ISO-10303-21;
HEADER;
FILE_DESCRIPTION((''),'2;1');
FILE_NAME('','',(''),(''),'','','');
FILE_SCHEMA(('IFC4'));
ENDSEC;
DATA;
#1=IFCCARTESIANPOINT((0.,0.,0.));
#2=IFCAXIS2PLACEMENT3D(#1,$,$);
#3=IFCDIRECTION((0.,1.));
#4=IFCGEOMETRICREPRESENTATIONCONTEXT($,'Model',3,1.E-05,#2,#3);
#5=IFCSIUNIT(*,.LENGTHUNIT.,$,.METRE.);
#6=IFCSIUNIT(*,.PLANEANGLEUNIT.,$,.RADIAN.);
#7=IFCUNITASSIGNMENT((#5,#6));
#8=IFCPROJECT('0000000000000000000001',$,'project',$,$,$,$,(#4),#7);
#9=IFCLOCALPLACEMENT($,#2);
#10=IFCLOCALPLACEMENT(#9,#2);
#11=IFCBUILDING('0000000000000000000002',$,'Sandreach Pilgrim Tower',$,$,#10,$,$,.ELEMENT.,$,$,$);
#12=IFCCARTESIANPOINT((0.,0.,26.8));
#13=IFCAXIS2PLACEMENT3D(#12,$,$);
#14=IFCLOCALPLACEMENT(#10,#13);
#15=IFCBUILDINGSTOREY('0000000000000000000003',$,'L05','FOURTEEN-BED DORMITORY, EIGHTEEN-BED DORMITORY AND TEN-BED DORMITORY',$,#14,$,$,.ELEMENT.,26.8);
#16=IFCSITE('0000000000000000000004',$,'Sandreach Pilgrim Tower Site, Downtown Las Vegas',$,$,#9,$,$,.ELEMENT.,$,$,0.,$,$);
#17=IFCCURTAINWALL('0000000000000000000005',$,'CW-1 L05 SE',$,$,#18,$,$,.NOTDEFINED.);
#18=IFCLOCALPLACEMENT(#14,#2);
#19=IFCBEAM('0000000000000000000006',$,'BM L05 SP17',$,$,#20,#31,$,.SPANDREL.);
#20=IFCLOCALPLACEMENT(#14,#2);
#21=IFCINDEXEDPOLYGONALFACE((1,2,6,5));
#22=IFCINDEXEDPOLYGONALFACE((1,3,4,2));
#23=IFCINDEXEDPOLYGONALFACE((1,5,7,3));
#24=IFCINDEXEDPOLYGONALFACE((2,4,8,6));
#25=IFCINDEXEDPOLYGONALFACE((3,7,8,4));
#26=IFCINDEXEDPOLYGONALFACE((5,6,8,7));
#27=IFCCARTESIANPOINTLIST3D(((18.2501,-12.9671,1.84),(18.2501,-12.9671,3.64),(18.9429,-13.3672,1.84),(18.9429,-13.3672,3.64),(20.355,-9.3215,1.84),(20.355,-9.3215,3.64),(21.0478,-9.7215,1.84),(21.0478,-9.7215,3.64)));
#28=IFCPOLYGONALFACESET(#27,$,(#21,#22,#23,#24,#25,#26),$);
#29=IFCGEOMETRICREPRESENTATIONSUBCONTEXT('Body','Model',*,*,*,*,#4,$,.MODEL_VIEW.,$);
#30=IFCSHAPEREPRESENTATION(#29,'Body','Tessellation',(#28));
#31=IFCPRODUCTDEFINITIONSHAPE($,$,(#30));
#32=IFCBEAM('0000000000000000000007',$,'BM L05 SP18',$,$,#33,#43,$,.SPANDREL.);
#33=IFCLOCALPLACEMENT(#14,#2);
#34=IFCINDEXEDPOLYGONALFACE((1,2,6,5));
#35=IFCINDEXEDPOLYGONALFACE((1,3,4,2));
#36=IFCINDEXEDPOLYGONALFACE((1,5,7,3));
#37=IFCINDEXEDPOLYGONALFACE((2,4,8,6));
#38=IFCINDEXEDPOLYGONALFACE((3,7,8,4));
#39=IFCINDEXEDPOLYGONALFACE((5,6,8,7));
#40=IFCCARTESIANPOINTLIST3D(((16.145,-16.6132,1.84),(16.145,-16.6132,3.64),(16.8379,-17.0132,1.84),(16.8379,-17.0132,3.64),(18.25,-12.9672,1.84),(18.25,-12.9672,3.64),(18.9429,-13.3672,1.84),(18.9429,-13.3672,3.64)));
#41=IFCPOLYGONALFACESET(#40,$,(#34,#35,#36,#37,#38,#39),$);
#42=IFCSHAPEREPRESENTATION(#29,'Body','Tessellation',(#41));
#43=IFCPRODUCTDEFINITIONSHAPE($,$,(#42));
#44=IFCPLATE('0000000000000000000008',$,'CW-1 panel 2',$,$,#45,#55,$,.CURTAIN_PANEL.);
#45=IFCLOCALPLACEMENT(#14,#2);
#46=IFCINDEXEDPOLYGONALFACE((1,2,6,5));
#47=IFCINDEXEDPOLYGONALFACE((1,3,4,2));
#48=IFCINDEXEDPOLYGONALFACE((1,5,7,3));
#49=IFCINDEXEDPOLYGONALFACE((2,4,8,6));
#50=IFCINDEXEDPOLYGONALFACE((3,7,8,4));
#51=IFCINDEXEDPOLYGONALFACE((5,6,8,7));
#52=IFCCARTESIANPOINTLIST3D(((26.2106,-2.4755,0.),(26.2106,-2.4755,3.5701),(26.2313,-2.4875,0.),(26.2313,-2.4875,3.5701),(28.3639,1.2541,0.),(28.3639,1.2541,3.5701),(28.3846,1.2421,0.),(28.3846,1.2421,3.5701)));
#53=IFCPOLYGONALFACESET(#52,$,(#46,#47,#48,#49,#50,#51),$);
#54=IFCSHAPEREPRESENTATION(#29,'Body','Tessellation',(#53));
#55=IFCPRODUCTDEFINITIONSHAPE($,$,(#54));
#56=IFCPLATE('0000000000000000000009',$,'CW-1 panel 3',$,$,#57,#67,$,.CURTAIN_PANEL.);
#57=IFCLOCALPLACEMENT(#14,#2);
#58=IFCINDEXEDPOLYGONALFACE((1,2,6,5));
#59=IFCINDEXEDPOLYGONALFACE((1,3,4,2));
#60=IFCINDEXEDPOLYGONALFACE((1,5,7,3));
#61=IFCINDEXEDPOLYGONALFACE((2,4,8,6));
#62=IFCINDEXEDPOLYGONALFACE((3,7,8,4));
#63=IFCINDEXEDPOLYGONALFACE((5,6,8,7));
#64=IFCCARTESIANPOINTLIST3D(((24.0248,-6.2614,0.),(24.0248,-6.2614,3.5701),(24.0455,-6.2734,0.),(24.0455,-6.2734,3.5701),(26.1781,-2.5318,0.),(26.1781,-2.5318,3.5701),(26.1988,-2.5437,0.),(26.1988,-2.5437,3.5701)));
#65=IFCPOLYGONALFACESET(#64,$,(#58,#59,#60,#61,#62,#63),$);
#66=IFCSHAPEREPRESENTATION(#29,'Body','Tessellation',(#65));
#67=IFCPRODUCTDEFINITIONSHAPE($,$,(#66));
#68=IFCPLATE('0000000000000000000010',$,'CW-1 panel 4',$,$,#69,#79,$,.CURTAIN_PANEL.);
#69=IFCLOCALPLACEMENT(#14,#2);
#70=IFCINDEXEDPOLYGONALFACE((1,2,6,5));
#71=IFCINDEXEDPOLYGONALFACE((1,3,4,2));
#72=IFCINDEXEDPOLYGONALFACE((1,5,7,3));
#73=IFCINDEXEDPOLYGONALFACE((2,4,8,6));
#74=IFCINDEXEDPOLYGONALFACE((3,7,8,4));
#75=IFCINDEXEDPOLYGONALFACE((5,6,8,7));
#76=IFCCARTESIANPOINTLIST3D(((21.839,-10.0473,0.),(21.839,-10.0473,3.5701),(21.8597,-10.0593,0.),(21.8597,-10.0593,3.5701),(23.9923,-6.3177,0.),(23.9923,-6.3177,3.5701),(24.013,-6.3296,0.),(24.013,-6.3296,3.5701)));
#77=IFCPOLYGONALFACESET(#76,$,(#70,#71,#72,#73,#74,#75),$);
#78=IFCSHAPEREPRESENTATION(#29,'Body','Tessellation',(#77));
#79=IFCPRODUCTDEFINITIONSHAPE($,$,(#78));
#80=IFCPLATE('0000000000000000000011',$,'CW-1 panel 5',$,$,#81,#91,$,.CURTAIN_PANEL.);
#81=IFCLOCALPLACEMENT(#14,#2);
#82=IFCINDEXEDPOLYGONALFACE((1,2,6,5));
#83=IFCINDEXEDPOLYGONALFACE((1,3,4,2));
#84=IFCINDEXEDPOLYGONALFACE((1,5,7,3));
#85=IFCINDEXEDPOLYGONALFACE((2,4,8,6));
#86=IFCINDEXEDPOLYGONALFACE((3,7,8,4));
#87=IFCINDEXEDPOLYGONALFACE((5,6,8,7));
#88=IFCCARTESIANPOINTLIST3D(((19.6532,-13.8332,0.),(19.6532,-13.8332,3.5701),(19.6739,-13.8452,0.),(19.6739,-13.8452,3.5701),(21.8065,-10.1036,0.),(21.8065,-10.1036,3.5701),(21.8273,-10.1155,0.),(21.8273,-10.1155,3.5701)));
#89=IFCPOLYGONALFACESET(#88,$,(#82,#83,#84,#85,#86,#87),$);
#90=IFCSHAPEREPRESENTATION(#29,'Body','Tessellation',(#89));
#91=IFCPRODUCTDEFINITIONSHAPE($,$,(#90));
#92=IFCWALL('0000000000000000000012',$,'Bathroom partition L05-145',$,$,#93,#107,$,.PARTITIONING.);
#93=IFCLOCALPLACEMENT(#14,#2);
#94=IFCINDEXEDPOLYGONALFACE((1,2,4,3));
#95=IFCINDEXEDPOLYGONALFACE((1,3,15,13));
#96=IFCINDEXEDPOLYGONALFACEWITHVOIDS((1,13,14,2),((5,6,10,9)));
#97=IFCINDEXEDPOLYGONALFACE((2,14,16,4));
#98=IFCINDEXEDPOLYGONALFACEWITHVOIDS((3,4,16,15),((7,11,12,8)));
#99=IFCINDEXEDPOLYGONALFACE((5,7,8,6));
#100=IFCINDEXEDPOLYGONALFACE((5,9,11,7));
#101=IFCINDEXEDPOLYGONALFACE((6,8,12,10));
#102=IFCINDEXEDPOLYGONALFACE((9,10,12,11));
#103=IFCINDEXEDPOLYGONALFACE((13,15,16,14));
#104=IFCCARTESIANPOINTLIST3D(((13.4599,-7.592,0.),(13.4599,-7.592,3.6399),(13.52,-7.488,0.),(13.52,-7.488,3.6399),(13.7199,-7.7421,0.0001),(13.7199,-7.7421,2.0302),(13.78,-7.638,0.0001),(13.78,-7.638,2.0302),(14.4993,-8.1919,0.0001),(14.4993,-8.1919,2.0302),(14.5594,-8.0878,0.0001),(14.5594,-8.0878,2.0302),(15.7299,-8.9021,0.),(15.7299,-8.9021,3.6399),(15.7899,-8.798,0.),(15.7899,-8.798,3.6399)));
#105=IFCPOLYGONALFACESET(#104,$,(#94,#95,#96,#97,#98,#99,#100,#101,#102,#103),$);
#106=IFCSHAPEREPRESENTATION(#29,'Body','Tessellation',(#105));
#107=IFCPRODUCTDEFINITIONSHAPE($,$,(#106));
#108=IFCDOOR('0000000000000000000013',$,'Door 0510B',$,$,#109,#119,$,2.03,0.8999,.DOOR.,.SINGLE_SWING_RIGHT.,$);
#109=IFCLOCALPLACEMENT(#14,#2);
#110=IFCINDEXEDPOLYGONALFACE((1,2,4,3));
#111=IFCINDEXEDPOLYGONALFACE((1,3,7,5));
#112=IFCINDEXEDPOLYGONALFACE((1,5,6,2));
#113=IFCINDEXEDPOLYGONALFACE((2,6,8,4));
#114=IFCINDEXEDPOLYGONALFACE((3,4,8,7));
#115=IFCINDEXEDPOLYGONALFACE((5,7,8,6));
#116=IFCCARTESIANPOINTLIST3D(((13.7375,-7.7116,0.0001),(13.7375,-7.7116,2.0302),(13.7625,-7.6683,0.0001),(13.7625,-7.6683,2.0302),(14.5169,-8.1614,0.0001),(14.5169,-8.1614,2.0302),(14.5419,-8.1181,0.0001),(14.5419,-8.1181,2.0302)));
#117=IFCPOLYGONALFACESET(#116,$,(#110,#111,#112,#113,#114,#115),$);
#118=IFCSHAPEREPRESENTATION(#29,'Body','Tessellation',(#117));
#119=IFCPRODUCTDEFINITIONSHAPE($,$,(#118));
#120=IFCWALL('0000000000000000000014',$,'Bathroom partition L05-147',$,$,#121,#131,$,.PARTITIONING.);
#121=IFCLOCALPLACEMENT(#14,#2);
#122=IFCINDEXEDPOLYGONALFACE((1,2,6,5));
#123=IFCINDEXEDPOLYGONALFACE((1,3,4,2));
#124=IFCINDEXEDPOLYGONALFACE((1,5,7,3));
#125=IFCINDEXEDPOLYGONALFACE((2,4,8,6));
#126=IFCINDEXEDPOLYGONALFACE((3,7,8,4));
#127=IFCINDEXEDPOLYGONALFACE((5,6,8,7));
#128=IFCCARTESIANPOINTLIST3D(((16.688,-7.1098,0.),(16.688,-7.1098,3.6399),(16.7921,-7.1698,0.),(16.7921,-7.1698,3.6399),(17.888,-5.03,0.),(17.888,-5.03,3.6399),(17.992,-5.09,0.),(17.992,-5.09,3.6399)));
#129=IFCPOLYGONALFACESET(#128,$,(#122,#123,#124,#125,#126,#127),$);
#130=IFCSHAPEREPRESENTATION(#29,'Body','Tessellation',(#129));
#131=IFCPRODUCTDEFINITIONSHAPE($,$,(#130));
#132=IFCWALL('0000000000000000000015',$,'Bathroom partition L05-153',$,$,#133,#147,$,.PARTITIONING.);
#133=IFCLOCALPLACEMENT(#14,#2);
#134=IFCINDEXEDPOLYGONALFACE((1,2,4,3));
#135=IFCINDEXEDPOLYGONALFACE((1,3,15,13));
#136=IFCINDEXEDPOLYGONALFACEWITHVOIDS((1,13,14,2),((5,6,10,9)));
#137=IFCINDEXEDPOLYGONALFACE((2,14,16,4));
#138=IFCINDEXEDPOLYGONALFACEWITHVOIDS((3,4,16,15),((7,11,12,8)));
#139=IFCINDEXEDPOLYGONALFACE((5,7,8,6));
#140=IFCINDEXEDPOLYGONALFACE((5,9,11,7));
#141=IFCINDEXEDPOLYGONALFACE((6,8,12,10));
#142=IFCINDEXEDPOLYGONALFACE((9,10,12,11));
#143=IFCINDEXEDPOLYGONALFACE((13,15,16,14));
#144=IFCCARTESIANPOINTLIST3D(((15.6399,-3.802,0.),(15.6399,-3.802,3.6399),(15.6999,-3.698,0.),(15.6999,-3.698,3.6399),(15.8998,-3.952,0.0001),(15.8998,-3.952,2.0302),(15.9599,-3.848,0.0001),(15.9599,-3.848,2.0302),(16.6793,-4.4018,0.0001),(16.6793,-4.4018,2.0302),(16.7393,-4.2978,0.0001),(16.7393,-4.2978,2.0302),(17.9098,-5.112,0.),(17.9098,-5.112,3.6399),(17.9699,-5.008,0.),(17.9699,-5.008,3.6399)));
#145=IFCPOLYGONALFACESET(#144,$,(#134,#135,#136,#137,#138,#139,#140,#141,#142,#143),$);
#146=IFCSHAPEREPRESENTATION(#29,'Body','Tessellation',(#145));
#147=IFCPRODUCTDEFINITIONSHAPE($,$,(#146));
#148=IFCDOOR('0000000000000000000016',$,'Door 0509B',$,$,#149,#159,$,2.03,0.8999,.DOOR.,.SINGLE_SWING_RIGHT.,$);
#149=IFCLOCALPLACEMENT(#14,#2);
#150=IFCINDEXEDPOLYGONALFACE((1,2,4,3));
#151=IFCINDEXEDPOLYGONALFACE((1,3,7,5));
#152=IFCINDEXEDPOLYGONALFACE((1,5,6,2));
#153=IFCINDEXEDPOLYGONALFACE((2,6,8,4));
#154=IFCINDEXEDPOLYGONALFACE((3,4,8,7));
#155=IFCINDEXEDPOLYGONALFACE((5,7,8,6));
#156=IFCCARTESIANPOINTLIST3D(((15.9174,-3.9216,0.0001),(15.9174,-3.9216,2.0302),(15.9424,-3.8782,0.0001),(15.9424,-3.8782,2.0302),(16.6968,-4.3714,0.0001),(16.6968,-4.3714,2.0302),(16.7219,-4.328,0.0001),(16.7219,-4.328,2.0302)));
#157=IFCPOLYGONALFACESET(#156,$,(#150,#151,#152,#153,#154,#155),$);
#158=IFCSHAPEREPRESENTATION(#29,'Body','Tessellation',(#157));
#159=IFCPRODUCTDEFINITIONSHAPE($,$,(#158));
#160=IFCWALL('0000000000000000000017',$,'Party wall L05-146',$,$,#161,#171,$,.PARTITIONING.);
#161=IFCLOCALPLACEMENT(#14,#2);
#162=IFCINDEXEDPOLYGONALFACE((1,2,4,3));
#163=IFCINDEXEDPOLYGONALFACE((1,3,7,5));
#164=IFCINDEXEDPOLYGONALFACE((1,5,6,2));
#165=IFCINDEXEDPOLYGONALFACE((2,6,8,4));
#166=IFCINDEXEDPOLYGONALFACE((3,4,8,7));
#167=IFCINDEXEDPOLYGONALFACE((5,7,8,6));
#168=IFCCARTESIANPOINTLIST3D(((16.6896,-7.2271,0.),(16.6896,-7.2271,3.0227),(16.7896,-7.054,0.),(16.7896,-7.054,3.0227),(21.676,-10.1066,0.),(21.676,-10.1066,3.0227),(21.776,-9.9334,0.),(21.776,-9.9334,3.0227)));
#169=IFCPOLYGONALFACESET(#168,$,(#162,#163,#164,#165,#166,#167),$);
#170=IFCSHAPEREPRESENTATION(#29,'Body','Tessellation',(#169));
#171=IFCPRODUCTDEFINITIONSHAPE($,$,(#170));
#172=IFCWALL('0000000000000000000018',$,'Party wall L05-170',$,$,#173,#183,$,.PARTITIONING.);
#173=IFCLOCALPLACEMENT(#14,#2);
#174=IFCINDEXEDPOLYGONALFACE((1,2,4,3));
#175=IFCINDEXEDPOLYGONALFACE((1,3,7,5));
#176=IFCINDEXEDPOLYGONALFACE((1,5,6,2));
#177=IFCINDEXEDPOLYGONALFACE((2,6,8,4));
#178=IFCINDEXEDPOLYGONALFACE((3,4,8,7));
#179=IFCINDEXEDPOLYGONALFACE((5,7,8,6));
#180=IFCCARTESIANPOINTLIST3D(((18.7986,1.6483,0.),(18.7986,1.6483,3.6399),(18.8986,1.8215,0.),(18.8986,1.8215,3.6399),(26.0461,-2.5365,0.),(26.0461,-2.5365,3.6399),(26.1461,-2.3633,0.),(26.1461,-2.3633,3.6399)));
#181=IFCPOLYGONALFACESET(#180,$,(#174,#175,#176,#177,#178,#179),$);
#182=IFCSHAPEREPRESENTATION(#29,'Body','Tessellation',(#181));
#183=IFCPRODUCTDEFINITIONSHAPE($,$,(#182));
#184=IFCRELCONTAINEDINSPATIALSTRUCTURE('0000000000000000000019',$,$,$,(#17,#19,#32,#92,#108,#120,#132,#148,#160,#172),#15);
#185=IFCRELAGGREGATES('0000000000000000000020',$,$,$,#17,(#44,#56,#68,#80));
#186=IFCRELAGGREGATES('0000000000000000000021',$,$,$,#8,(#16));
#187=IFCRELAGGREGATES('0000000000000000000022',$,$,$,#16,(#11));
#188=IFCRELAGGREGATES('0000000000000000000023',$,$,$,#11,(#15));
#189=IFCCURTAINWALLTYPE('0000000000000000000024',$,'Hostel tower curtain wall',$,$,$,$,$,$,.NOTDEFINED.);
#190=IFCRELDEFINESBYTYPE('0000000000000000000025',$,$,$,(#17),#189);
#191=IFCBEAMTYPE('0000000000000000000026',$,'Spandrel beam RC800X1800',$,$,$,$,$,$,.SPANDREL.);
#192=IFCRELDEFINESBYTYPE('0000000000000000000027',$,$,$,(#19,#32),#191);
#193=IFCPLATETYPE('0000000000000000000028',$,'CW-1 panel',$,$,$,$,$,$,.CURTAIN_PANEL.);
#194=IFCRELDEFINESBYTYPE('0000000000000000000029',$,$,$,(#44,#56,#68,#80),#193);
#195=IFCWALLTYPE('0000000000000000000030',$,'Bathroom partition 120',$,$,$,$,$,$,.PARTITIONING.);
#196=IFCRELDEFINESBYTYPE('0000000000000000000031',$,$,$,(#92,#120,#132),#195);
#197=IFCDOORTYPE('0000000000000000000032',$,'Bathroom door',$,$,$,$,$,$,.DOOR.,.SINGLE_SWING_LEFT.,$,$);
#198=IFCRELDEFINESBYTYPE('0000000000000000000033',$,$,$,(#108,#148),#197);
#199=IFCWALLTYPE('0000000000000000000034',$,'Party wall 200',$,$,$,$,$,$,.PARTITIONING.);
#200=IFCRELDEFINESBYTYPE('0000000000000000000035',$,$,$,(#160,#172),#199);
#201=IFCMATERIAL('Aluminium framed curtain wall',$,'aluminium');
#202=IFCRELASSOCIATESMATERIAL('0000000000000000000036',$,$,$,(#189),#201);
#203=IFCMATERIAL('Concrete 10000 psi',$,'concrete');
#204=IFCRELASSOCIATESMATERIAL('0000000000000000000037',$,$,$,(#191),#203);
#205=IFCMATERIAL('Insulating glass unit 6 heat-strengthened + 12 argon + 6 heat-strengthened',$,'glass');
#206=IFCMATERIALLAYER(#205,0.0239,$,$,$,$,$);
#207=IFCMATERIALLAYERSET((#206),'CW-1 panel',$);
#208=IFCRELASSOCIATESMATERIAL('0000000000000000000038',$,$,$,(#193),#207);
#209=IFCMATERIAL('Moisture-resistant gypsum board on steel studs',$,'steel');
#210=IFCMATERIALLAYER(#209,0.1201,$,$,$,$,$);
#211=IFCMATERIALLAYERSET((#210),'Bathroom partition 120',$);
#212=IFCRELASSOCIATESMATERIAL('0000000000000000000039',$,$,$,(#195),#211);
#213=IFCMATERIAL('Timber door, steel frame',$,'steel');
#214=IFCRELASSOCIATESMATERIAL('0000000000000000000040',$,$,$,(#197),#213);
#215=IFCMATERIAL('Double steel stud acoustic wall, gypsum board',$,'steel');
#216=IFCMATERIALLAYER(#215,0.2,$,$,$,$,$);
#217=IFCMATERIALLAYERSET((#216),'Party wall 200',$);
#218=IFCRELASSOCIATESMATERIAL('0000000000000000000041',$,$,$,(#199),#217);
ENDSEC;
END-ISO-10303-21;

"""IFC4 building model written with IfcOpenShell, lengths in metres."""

from ifc_helpers import new_model, si_unit, direction, frame, frame_2d, origin, origin_2d, place, context, subcontext, project, spatial, rectangle, extrude, material, layer, layer_set, material_profile, profile_set, type_object, element, fill, aggregate, save


model = new_model("IFC4")

# Units and contexts
model_context = context("Model", 3, precision=1e-05, world=origin(), true_north=direction((0.0, 1.0)))
body_context = subcontext(model_context, "Body", "Model", "MODEL_VIEW")
ifc_project = project(units=[si_unit("LENGTHUNIT", "METRE"), si_unit("PLANEANGLEUNIT", "RADIAN")], contexts=[model_context])

# Site, building, storey
site_placement = place(None, origin())
site = spatial("IfcSite", under=ifc_project, at=site_placement, Name="Sandreach Pilgrim Tower Site, Downtown Las Vegas", CompositionType="ELEMENT", RefElevation=0.0)
building_placement = place(site_placement, origin())
building = spatial("IfcBuilding", under=site, at=building_placement, Name="Sandreach Pilgrim Tower", CompositionType="ELEMENT")
storey_placement = place(building_placement, frame((0.0, 0.0, 26.8)))
storey = spatial("IfcBuildingStorey", under=building, at=storey_placement, Name="L05", Description="FOURTEEN-BED DORMITORY, EIGHTEEN-BED DORMITORY AND TEN-BED DORMITORY", CompositionType="ELEMENT", Elevation=26.8)

# Curtain wall
ifc_material_1 = material(Name="Aluminium framed curtain wall", Category="aluminium")
curtain_wall_type = type_object("IfcCurtainWallType", Name="Hostel tower curtain wall", PredefinedType="NOTDEFINED", material=ifc_material_1)
curtain_wall_placement = place(storey_placement, origin())
curtain_wall = element("IfcCurtainWall", 1, at=curtain_wall_placement, inside=storey, type_object=curtain_wall_type, Name="CW-1 L05 SE", PredefinedType="NOTDEFINED")

# Beams
ifc_material_2 = material(Name="Concrete 10000 psi", Category="concrete")
ifc_material_profile_1 = material_profile(ifc_material_2, rectangle(XDim=0.8, YDim=1.8, at=origin_2d()), Name="RC800X1800")
ifc_profile_set_1 = profile_set([ifc_material_profile_1], Name="Concrete 10000 psi")
beam_type_1 = type_object("IfcBeamType", Name="Spandrel beam RC800X1800", PredefinedType="SPANDREL", material=ifc_profile_set_1)
beam_1_placement = place(storey_placement, frame((20.7014, -9.5215, 2.74), z_axis=(-0.500019, -0.866015, 0.0), x_axis=(0.866015, -0.500019, 0.0)))
element("IfcBeam", 2, at=beam_1_placement, inside=storey, type_object=beam_type_1, Name="BM L05 SP17", PredefinedType="SPANDREL", context=body_context, shape_type="SweptSolid", body=[
    extrude(rectangle(XDim=0.8, YDim=1.8, at=origin_2d()), origin(), (0.0, 0.0, 1.0), 4.2097),
])
beam_2_placement = place(storey_placement, frame((18.5964, -13.1672, 2.74), z_axis=(-0.499994, -0.866029, 0.0), x_axis=(0.866029, -0.499994, 0.0)))
element("IfcBeam", 3, at=beam_2_placement, inside=storey, type_object=beam_type_1, Name="BM L05 SP18", PredefinedType="SPANDREL", context=body_context, shape_type="SweptSolid", body=[
    extrude(rectangle(XDim=0.8, YDim=1.8, at=origin_2d()), origin(), (0.0, 0.0, 1.0), 4.21),
])

# Plates
ifc_material_3 = material(Name="Insulating glass unit 6 heat-strengthened + 12 argon + 6 heat-strengthened", Category="glass")
ifc_layer_1 = layer(ifc_material_3, 0.0239)
ifc_layer_set_1 = layer_set([ifc_layer_1], Name="CW-1 panel")
plate_type = type_object("IfcPlateType", Name="CW-1 panel", PredefinedType="CURTAIN_PANEL", material=ifc_layer_set_1)
plate_1_placement = place(storey_placement, frame((27.2976, -0.6167, 0.0), z_axis=(0.0, 0.0, 1.0), x_axis=(-0.5, -0.866025, 0.0)))
plate_1 = element("IfcPlate", 4, at=plate_1_placement, type_object=plate_type, Name="CW-1 panel 2", PredefinedType="CURTAIN_PANEL", context=body_context, shape_type="SweptSolid", body=[
    extrude(rectangle(XDim=4.3066, YDim=0.0239, at=origin_2d()), origin(), (0.0, 0.0, 1.0), 3.5701),
])
plate_2_placement = place(storey_placement, frame((25.1118, -4.4026, 0.0), z_axis=(0.0, 0.0, 1.0), x_axis=(-0.5, -0.866025, 0.0)))
plate_2 = element("IfcPlate", 5, at=plate_2_placement, type_object=plate_type, Name="CW-1 panel 3", PredefinedType="CURTAIN_PANEL", context=body_context, shape_type="SweptSolid", body=[
    extrude(rectangle(XDim=4.3066, YDim=0.0239, at=origin_2d()), origin(), (0.0, 0.0, 1.0), 3.5701),
])
plate_3_placement = place(storey_placement, frame((22.926, -8.1885, 0.0), z_axis=(0.0, 0.0, 1.0), x_axis=(-0.5, -0.866025, 0.0)))
plate_3 = element("IfcPlate", 6, at=plate_3_placement, type_object=plate_type, Name="CW-1 panel 4", PredefinedType="CURTAIN_PANEL", context=body_context, shape_type="SweptSolid", body=[
    extrude(rectangle(XDim=4.3066, YDim=0.0239, at=origin_2d()), origin(), (0.0, 0.0, 1.0), 3.5701),
])
plate_4_placement = place(storey_placement, frame((20.7402, -11.9744, 0.0), z_axis=(0.0, 0.0, 1.0), x_axis=(-0.5, -0.866025, 0.0)))
plate_4 = element("IfcPlate", 7, at=plate_4_placement, type_object=plate_type, Name="CW-1 panel 5", PredefinedType="CURTAIN_PANEL", context=body_context, shape_type="SweptSolid", body=[
    extrude(rectangle(XDim=4.3066, YDim=0.0239, at=origin_2d()), origin(), (0.0, 0.0, 1.0), 3.5701),
])
aggregate(curtain_wall, [plate_1, plate_2, plate_3, plate_4])

# Wall, opening, door
ifc_material_4 = material(Name="Moisture-resistant gypsum board on steel studs", Category="steel")
ifc_layer_2 = layer(ifc_material_4, 0.1201)
ifc_layer_set_2 = layer_set([ifc_layer_2], Name="Bathroom partition 120")
wall_type_1 = type_object("IfcWallType", Name="Bathroom partition 120", PredefinedType="PARTITIONING", material=ifc_layer_set_2)
wall_1_placement = place(storey_placement, frame((15.76, -8.8501, 0.0), z_axis=(0.0, 0.0, 1.0), x_axis=(-0.866114, 0.499846, 0.0)))
wall_1 = element("IfcWall", 8, at=wall_1_placement, inside=storey, type_object=wall_type_1, Name="Bathroom partition L05-145", PredefinedType="PARTITIONING", context=body_context, shape_type="SweptSolid", body=[
    extrude(rectangle(XDim=2.6208, YDim=0.1201, at=frame_2d((1.3105, 0.0))), origin(), (0.0, 0.0, 1.0), 3.6399),
])
opening_1_placement = place(wall_1_placement, frame((1.4209, 0.0, 0.0)))
opening_1 = element("IfcOpeningElement", 9, at=opening_1_placement, cuts=wall_1, PredefinedType="OPENING", context=body_context, shape_type="SweptSolid", body=[
    extrude(rectangle(XDim=0.8999, YDim=2.03, at=frame_2d((0.45, 1.0151))), frame((0.0, 0.0601, 0.0), z_axis=(0.0, -1.0, 0.0), x_axis=(1.0, 0.0, 0.0)), (0.0, 0.0, 1.0), 0.1201),
])
ifc_material_5 = material(Name="Timber door, steel frame", Category="steel")
door_type = type_object("IfcDoorType", Name="Bathroom door", OperationType="SINGLE_SWING_LEFT", PredefinedType="DOOR", material=ifc_material_5)
door_1_placement = place(opening_1_placement, origin())
door_1 = element("IfcDoor", 10, at=door_1_placement, inside=storey, type_object=door_type, Name="Door 0510B", OperationType="SINGLE_SWING_RIGHT", OverallHeight=2.03, OverallWidth=0.8999, PredefinedType="DOOR", context=body_context, shape_type="SweptSolid", body=[
    extrude(rectangle(XDim=0.8999, YDim=2.03, at=frame_2d((0.45, 1.0151))), frame((0.0, 0.0249, 0.0), z_axis=(0.0, -1.0, 0.0), x_axis=(1.0, 0.0, 0.0)), (0.0, 0.0, 1.0), 0.05),
])
fill(opening_1, door_1)

# Wall
wall_2_placement = place(storey_placement, frame((16.74, -7.1399, 0.0), z_axis=(0.0, 0.0, 1.0), x_axis=(0.499737, 0.866177, 0.0)))
element("IfcWall", 11, at=wall_2_placement, inside=storey, type_object=wall_type_1, Name="Bathroom partition L05-147", PredefinedType="PARTITIONING", context=body_context, shape_type="SweptSolid", body=[
    extrude(rectangle(XDim=2.4011, YDim=0.1201, at=frame_2d((1.2007, 0.0))), origin(), (0.0, 0.0, 1.0), 3.6399),
])

# Wall, opening, door
wall_3_placement = place(storey_placement, frame((17.9399, -5.0601, 0.0), z_axis=(0.0, 0.0, 1.0), x_axis=(-0.866114, 0.499846, 0.0)))
wall_3 = element("IfcWall", 12, at=wall_3_placement, inside=storey, type_object=wall_type_1, Name="Bathroom partition L05-153", PredefinedType="PARTITIONING", context=body_context, shape_type="SweptSolid", body=[
    extrude(rectangle(XDim=2.6208, YDim=0.1201, at=frame_2d((1.3105, 0.0))), origin(), (0.0, 0.0, 1.0), 3.6399),
])
opening_2_placement = place(wall_3_placement, frame((1.4209, 0.0, 0.0)))
opening_2 = element("IfcOpeningElement", 13, at=opening_2_placement, cuts=wall_3, PredefinedType="OPENING", context=body_context, shape_type="SweptSolid", body=[
    extrude(rectangle(XDim=0.8999, YDim=2.03, at=frame_2d((0.45, 1.0151))), frame((0.0, 0.0601, 0.0), z_axis=(0.0, -1.0, 0.0), x_axis=(1.0, 0.0, 0.0)), (0.0, 0.0, 1.0), 0.1201),
])
door_2_placement = place(opening_2_placement, origin())
door_2 = element("IfcDoor", 14, at=door_2_placement, inside=storey, type_object=door_type, Name="Door 0509B", OperationType="SINGLE_SWING_RIGHT", OverallHeight=2.03, OverallWidth=0.8999, PredefinedType="DOOR", context=body_context, shape_type="SweptSolid", body=[
    extrude(rectangle(XDim=0.8999, YDim=2.03, at=frame_2d((0.45, 1.0151))), frame((0.0, 0.0249, 0.0), z_axis=(0.0, -1.0, 0.0), x_axis=(1.0, 0.0, 0.0)), (0.0, 0.0, 1.0), 0.05),
])
fill(opening_2, door_2)

# Walls
ifc_material_6 = material(Name="Double steel stud acoustic wall, gypsum board", Category="steel")
ifc_layer_3 = layer(ifc_material_6, 0.2)
ifc_layer_set_3 = layer_set([ifc_layer_3], Name="Party wall 200")
wall_type_2 = type_object("IfcWallType", Name="Party wall 200", PredefinedType="PARTITIONING", material=ifc_layer_set_3)
wall_4_placement = place(storey_placement, frame((16.7397, -7.1406, 0.0), z_axis=(0.0, 0.0, 1.0), x_axis=(0.865985, -0.50007, 0.0)))
element("IfcWall", 15, at=wall_4_placement, inside=storey, type_object=wall_type_2, Name="Party wall L05-146", PredefinedType="PARTITIONING", context=body_context, shape_type="SweptSolid", body=[
    extrude(rectangle(XDim=5.7581, YDim=0.2, at=frame_2d((2.8789, 0.0))), origin(), (0.0, 0.0, 1.0), 3.0227),
])
wall_5_placement = place(storey_placement, frame((26.0962, -2.45, 0.0), z_axis=(0.0, 0.0, 1.0), x_axis=(-0.866003, 0.500039, 0.0)))
element("IfcWall", 16, at=wall_5_placement, inside=storey, type_object=wall_type_2, Name="Party wall L05-170", PredefinedType="PARTITIONING", context=body_context, shape_type="SweptSolid", body=[
    extrude(rectangle(XDim=8.3689, YDim=0.2, at=frame_2d((4.1846, 0.0))), origin(), (0.0, 0.0, 1.0), 3.6399),
])

save(model, "model.ifc")
